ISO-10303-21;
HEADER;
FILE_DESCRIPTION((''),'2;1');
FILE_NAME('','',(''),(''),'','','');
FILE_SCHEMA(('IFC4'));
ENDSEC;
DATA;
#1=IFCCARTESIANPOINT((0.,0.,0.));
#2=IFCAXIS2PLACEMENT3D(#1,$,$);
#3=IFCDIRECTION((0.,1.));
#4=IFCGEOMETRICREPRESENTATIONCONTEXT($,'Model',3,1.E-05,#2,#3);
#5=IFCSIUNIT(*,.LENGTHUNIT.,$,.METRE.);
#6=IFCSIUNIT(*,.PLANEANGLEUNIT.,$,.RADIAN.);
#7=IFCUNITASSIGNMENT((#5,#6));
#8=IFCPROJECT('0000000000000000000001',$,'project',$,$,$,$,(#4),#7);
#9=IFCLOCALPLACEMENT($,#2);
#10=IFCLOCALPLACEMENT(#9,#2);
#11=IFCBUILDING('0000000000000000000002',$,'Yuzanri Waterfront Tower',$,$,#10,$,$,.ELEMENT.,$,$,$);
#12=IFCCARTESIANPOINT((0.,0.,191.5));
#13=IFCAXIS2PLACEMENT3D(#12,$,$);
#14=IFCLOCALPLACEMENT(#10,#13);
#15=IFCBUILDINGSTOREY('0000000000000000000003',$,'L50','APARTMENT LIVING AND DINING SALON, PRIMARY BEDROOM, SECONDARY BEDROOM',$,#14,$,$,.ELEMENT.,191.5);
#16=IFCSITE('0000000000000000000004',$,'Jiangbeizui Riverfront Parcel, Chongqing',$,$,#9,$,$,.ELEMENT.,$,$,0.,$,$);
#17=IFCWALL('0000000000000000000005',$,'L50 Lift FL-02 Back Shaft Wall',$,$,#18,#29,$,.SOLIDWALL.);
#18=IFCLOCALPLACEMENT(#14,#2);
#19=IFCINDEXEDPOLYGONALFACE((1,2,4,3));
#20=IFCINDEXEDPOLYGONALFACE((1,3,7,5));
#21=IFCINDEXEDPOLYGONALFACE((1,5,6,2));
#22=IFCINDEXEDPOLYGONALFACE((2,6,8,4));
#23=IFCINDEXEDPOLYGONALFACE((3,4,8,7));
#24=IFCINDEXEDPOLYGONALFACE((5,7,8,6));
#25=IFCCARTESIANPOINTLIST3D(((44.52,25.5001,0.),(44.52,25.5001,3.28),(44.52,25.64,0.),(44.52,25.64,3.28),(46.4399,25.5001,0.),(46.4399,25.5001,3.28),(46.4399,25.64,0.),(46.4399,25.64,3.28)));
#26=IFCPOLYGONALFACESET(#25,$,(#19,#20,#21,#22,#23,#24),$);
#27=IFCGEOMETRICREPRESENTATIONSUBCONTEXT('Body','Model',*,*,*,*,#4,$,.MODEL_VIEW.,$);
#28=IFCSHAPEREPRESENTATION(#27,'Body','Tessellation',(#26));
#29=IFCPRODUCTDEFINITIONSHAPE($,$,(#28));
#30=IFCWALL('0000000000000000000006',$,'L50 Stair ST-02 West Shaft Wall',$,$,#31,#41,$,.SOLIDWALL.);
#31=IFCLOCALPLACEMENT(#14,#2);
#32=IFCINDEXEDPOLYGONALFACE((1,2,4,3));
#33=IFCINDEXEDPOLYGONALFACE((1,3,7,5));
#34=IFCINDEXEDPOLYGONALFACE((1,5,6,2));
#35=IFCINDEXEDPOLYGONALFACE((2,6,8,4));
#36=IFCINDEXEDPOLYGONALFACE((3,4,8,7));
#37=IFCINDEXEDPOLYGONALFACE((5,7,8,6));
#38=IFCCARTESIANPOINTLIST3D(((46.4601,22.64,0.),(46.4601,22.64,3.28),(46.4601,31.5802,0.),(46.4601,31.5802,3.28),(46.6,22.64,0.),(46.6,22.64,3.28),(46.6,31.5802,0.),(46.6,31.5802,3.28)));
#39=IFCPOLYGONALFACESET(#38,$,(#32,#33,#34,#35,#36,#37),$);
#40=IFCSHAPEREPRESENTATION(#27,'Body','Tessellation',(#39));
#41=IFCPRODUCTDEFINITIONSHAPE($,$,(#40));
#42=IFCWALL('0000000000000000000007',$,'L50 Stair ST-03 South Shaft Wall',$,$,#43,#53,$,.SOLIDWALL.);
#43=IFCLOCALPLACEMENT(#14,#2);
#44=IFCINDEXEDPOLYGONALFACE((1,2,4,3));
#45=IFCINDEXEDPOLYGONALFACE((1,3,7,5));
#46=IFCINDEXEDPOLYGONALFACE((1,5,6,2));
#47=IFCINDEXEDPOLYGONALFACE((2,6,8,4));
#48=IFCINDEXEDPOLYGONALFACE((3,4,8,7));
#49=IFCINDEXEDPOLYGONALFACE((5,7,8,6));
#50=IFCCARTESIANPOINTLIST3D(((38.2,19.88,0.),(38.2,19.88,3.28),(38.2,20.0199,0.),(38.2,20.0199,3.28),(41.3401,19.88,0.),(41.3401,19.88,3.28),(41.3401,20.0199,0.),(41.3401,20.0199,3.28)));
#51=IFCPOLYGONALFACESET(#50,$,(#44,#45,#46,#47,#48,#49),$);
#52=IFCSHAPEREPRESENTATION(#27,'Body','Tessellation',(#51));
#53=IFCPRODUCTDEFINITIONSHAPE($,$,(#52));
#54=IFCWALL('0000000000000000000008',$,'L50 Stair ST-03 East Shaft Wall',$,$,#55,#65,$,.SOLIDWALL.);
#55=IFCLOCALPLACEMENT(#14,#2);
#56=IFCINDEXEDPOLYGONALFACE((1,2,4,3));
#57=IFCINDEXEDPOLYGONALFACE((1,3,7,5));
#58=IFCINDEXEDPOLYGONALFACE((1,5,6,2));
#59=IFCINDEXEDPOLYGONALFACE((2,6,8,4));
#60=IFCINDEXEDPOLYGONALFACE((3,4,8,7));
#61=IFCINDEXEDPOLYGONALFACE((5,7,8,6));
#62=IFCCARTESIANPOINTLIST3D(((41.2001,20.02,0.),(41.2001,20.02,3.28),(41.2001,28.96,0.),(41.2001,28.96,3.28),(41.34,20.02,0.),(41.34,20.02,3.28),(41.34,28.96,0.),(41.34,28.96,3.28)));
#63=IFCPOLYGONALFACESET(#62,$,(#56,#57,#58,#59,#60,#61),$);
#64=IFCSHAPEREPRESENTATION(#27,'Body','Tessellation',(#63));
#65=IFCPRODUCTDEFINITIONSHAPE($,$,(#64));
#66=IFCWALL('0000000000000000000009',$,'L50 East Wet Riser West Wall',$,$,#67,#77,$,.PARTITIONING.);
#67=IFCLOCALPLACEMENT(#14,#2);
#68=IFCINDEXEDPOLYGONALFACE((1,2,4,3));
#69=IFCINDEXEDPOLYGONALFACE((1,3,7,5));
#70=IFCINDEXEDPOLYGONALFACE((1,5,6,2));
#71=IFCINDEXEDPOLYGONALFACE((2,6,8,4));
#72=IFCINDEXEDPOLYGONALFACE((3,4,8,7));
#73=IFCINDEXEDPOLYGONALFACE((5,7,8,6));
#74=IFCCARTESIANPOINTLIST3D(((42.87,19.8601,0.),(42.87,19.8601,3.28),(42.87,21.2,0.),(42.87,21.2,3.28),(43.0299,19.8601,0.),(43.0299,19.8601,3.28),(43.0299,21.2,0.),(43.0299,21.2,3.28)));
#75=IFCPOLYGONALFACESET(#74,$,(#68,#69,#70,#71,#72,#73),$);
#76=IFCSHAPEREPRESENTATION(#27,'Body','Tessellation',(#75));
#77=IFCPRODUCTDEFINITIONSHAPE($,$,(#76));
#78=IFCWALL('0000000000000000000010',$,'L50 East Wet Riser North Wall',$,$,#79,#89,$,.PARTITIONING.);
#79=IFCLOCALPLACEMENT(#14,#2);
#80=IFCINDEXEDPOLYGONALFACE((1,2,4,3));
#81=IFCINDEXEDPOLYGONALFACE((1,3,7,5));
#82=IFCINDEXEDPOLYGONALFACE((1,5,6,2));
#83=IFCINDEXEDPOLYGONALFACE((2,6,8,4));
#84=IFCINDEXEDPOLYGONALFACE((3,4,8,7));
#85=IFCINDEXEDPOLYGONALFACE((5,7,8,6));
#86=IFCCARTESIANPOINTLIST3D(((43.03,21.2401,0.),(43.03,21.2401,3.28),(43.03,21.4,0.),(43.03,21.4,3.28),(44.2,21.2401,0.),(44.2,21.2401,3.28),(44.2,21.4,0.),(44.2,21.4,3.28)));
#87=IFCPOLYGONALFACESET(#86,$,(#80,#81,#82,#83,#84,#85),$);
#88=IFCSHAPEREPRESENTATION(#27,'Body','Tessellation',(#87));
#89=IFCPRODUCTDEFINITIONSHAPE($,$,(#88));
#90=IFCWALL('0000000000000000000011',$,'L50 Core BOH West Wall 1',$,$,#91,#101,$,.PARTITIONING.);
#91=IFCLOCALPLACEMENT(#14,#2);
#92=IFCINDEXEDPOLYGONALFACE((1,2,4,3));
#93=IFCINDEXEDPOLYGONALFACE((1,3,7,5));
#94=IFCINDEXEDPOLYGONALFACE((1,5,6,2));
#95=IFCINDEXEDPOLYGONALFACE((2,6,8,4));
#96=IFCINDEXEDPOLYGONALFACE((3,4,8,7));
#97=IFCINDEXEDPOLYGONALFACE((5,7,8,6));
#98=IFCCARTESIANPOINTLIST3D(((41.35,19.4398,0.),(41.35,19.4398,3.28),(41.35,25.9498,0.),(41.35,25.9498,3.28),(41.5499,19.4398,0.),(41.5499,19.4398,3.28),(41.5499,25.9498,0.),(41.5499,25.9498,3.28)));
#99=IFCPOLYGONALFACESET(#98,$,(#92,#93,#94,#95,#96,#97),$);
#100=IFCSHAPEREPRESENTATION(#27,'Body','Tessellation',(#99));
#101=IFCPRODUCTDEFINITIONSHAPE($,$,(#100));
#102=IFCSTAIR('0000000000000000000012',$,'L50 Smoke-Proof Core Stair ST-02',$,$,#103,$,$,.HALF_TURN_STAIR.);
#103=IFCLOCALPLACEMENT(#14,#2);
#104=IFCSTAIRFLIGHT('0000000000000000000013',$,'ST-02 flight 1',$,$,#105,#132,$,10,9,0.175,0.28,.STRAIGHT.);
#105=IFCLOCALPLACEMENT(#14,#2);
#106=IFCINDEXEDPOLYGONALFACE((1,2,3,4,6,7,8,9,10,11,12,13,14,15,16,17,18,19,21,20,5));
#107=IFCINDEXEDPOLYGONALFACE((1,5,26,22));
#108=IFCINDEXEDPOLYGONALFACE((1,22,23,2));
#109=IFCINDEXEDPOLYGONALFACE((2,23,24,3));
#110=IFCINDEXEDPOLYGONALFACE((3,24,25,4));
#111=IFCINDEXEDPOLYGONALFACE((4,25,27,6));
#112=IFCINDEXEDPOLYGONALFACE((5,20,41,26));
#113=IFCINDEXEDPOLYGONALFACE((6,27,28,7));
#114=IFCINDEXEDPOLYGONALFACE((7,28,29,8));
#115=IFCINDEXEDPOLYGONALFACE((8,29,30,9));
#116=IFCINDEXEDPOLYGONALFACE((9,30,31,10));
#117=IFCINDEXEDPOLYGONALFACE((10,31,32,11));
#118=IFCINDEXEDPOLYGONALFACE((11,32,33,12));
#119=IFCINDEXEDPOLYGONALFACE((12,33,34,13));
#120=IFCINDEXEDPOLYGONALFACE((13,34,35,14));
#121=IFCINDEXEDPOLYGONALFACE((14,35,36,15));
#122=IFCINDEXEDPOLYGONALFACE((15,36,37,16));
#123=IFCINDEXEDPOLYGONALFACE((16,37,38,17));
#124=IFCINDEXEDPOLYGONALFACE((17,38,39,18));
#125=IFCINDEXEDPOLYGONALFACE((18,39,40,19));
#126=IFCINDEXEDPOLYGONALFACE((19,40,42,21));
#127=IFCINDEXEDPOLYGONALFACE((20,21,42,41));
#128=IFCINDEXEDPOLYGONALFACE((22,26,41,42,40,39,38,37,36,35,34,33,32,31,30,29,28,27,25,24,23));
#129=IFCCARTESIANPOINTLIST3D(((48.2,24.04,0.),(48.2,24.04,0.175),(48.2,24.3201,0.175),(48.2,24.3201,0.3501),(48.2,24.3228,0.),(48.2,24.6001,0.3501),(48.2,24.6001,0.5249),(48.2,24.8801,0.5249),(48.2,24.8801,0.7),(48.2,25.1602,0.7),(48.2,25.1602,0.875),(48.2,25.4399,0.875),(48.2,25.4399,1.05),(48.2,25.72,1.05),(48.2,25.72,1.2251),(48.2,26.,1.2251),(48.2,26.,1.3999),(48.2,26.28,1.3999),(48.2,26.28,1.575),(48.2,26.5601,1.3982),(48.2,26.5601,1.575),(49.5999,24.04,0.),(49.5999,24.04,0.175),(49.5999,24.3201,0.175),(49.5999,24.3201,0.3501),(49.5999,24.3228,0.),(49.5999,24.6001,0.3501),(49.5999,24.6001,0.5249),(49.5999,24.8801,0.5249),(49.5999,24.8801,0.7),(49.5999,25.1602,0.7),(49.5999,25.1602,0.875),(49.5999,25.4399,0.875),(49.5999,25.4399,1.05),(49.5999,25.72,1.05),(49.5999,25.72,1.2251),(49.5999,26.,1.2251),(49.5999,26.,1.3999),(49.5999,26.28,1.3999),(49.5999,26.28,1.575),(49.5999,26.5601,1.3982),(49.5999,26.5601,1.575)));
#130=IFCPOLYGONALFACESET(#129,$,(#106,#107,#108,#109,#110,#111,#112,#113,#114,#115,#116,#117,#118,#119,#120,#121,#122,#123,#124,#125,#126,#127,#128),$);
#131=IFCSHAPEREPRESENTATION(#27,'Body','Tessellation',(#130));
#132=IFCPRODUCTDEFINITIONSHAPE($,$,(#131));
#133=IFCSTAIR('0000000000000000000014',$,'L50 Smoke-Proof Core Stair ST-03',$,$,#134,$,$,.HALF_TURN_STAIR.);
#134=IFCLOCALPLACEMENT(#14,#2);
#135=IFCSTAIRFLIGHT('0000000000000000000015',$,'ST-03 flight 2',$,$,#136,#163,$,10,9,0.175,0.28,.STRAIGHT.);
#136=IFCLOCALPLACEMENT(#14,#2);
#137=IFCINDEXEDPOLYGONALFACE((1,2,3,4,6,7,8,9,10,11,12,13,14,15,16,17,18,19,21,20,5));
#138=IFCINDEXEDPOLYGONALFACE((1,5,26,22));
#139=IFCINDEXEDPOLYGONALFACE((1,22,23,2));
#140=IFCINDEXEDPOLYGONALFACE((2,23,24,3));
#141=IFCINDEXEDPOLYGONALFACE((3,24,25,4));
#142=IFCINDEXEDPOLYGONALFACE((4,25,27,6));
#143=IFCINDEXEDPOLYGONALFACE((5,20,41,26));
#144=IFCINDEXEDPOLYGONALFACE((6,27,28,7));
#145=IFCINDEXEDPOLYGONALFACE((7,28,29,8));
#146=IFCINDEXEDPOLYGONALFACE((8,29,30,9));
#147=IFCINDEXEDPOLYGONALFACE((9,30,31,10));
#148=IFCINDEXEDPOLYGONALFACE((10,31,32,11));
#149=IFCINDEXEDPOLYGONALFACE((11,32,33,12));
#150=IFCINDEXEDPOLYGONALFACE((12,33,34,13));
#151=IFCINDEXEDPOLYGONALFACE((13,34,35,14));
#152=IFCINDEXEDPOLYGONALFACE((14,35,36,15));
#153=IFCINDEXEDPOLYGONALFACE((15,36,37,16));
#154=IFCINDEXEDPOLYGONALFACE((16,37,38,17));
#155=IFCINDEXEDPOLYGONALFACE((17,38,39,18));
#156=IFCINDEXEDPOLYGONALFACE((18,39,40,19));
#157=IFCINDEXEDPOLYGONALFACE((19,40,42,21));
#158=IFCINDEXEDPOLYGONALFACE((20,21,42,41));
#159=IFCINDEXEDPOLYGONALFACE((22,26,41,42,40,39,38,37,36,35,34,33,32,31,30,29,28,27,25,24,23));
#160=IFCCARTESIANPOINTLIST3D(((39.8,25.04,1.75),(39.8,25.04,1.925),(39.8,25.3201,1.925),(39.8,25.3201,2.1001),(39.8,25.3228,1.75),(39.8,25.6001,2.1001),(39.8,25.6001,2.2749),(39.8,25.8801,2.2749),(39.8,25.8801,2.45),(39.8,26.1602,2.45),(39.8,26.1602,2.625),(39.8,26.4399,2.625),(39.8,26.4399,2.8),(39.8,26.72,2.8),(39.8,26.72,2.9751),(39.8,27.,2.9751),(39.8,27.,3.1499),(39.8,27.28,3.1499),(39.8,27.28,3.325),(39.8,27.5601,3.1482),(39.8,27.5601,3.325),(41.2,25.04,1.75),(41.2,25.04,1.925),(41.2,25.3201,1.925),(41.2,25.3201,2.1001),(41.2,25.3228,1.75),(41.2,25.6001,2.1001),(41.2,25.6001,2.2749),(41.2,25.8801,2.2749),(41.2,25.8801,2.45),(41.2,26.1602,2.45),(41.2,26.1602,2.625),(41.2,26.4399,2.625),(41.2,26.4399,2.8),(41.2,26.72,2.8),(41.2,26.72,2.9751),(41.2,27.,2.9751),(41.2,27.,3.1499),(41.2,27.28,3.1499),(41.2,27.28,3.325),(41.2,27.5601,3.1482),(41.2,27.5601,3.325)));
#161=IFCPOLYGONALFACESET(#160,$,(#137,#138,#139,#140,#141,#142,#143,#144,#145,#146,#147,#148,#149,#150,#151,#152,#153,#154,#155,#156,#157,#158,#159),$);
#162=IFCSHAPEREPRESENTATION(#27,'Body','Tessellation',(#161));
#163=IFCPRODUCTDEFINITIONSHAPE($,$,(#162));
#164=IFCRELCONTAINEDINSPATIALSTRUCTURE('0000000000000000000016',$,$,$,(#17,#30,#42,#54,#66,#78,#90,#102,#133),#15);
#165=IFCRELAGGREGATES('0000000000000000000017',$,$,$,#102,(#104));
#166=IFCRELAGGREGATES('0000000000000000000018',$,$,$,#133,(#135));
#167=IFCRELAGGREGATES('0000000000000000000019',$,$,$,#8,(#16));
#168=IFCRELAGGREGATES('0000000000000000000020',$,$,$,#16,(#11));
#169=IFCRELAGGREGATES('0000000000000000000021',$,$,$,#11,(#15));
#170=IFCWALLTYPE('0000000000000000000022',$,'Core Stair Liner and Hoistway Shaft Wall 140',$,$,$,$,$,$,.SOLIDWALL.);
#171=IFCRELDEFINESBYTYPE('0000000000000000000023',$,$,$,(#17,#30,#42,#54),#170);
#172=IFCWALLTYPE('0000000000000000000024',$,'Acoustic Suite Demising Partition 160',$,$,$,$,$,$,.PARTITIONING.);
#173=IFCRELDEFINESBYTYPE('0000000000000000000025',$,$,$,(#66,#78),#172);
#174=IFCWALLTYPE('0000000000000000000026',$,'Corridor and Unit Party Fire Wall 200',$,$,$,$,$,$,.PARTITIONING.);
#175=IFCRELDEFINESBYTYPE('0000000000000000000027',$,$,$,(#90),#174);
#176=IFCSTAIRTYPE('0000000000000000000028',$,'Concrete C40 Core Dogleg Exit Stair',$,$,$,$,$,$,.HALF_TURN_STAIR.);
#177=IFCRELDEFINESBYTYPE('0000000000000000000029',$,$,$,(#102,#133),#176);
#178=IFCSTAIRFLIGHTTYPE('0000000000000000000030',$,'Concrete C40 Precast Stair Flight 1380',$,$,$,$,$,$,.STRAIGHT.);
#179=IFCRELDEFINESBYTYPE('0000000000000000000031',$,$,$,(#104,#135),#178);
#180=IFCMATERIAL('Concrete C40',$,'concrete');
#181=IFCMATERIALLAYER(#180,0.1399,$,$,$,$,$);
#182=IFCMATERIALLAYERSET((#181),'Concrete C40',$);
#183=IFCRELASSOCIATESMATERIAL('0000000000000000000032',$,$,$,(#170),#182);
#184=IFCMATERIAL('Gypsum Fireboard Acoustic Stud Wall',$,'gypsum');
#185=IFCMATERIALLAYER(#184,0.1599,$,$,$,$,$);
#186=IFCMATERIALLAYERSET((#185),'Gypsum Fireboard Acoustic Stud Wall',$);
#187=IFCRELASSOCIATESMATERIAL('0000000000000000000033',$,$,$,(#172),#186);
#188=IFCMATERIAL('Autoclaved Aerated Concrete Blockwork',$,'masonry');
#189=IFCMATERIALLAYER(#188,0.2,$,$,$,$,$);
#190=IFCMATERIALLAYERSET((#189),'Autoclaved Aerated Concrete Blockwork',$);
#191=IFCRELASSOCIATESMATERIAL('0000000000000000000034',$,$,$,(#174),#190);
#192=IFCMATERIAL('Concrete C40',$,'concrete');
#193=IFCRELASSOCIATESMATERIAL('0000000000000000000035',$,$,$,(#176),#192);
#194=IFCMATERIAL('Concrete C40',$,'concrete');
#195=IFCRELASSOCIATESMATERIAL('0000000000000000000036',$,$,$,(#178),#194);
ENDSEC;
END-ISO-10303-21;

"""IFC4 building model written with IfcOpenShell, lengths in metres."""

from ifc_helpers import new_model, si_unit, direction, frame, frame_2d, origin, place, context, subcontext, project, spatial, polyline, rectangle, outline, extrude, source, transform, mapped, material, layer, layer_set, type_object, element, aggregate, save


model = new_model("IFC4")

# Units and contexts
model_context = context("Model", 3, precision=1e-05, world=origin(), true_north=direction((0.0, 1.0)))
body_context = subcontext(model_context, "Body", "Model", "MODEL_VIEW")
ifc_project = project(units=[si_unit("LENGTHUNIT", "METRE"), si_unit("PLANEANGLEUNIT", "RADIAN")], contexts=[model_context])

# Site, building, storey
site_placement = place(None, origin())
site = spatial("IfcSite", under=ifc_project, at=site_placement, Name="Jiangbeizui Riverfront Parcel, Chongqing", CompositionType="ELEMENT", RefElevation=0.0)
building_placement = place(site_placement, origin())
building = spatial("IfcBuilding", under=site, at=building_placement, Name="Yuzanri Waterfront Tower", CompositionType="ELEMENT")
storey_placement = place(building_placement, frame((0.0, 0.0, 191.5)))
storey = spatial("IfcBuildingStorey", under=building, at=storey_placement, Name="L50", Description="APARTMENT LIVING AND DINING SALON, PRIMARY BEDROOM, SECONDARY BEDROOM", CompositionType="ELEMENT", Elevation=191.5)

# Shared definitions
ifc_material_1 = material(Name="Concrete C40", Category="concrete")
ifc_layer_1 = layer(ifc_material_1, 0.1399)
ifc_layer_set_1 = layer_set([ifc_layer_1], Name="Concrete C40")
wall_type_1 = type_object("IfcWallType", Name="Core Stair Liner and Hoistway Shaft Wall 140", PredefinedType="SOLIDWALL", material=ifc_layer_set_1)

# Walls
shared_shape_1 = source(origin(), body_context, "Body", "SweptSolid", [
    extrude(rectangle(XDim=1.9199, YDim=0.1399, at=frame_2d((0.96, 0.0))), origin(), (0.0, 0.0, 1.0), 3.28),
])
wall_1_placement = place(storey_placement, frame((44.52, 25.5701, 0.0), z_axis=(0.0, 0.0, 1.0), x_axis=(1.0, 0.0, 0.0)))
element("IfcWall", 1, at=wall_1_placement, inside=storey, type_object=wall_type_1, Name="L50 Lift FL-02 Back Shaft Wall", PredefinedType="SOLIDWALL", context=body_context, shape_type="MappedRepresentation", body=[
    mapped(shared_shape_1, transform((0.0, 0.0, 0.0), scale=1.0)),
])
shared_shape_2 = source(origin(), body_context, "Body", "SweptSolid", [
    extrude(rectangle(XDim=8.9402, YDim=0.1399, at=frame_2d((4.4702, 0.0))), origin(), (0.0, 0.0, 1.0), 3.28),
])
wall_2_placement = place(storey_placement, frame((46.53, 22.6399, 0.0), z_axis=(0.0, 0.0, 1.0), x_axis=(0.0, 1.0, 0.0)))
element("IfcWall", 2, at=wall_2_placement, inside=storey, type_object=wall_type_1, Name="L50 Stair ST-02 West Shaft Wall", PredefinedType="SOLIDWALL", context=body_context, shape_type="MappedRepresentation", body=[
    mapped(shared_shape_2, transform((0.0, 0.0, 0.0), scale=1.0)),
])
shared_shape_3 = source(origin(), body_context, "Body", "SweptSolid", [
    extrude(rectangle(XDim=3.1401, YDim=0.1399, at=frame_2d((1.5701, 0.0))), origin(), (0.0, 0.0, 1.0), 3.28),
])
wall_3_placement = place(storey_placement, frame((38.2, 19.95, 0.0), z_axis=(0.0, 0.0, 1.0), x_axis=(1.0, 0.0, 0.0)))
element("IfcWall", 3, at=wall_3_placement, inside=storey, type_object=wall_type_1, Name="L50 Stair ST-03 South Shaft Wall", PredefinedType="SOLIDWALL", context=body_context, shape_type="MappedRepresentation", body=[
    mapped(shared_shape_3, transform((0.0, 0.0, 0.0), scale=1.0)),
])
shared_shape_4 = source(origin(), body_context, "Body", "SweptSolid", [
    extrude(rectangle(XDim=8.9399, YDim=0.1399, at=frame_2d((4.47, 0.0))), origin(), (0.0, 0.0, 1.0), 3.28),
])
wall_4_placement = place(storey_placement, frame((41.27, 20.02, 0.0), z_axis=(0.0, 0.0, 1.0), x_axis=(0.0, 1.0, 0.0)))
element("IfcWall", 4, at=wall_4_placement, inside=storey, type_object=wall_type_1, Name="L50 Stair ST-03 East Shaft Wall", PredefinedType="SOLIDWALL", context=body_context, shape_type="MappedRepresentation", body=[
    mapped(shared_shape_4, transform((0.0, 0.0, 0.0), scale=1.0)),
])
ifc_material_2 = material(Name="Gypsum Fireboard Acoustic Stud Wall", Category="gypsum")
ifc_layer_2 = layer(ifc_material_2, 0.1599)
ifc_layer_set_2 = layer_set([ifc_layer_2], Name="Gypsum Fireboard Acoustic Stud Wall")
wall_type_2 = type_object("IfcWallType", Name="Acoustic Suite Demising Partition 160", PredefinedType="PARTITIONING", material=ifc_layer_set_2)
shared_shape_5 = source(origin(), body_context, "Body", "SweptSolid", [
    extrude(rectangle(XDim=1.3398, YDim=0.1599, at=frame_2d((0.6699, 0.0))), origin(), (0.0, 0.0, 1.0), 3.28),
])
wall_5_placement = place(storey_placement, frame((42.95, 19.8601, 0.0), z_axis=(0.0, 0.0, 1.0), x_axis=(0.0, 1.0, 0.0)))
element("IfcWall", 5, at=wall_5_placement, inside=storey, type_object=wall_type_2, Name="L50 East Wet Riser West Wall", PredefinedType="PARTITIONING", context=body_context, shape_type="MappedRepresentation", body=[
    mapped(shared_shape_5, transform((0.0, 0.0, 0.0), scale=1.0)),
])
shared_shape_6 = source(origin(), body_context, "Body", "SweptSolid", [
    extrude(rectangle(XDim=1.1699, YDim=0.1599, at=frame_2d((0.585, 0.0))), origin(), (0.0, 0.0, 1.0), 3.28),
])
wall_6_placement = place(storey_placement, frame((43.03, 21.3201, 0.0), z_axis=(0.0, 0.0, 1.0), x_axis=(1.0, 0.0, 0.0)))
element("IfcWall", 6, at=wall_6_placement, inside=storey, type_object=wall_type_2, Name="L50 East Wet Riser North Wall", PredefinedType="PARTITIONING", context=body_context, shape_type="MappedRepresentation", body=[
    mapped(shared_shape_6, transform((0.0, 0.0, 0.0), scale=1.0)),
])
ifc_material_3 = material(Name="Autoclaved Aerated Concrete Blockwork", Category="masonry")
ifc_layer_3 = layer(ifc_material_3, 0.2)
ifc_layer_set_3 = layer_set([ifc_layer_3], Name="Autoclaved Aerated Concrete Blockwork")
wall_type_3 = type_object("IfcWallType", Name="Corridor and Unit Party Fire Wall 200", PredefinedType="PARTITIONING", material=ifc_layer_set_3)
shared_shape_7 = source(origin(), body_context, "Body", "SweptSolid", [
    extrude(rectangle(XDim=6.51, YDim=0.2, at=frame_2d((3.2549, 0.0))), origin(), (0.0, 0.0, 1.0), 3.28),
])
wall_7_placement = place(storey_placement, frame((41.45, 19.4399, 0.0), z_axis=(0.0, 0.0, 1.0), x_axis=(0.0, 1.0, 0.0)))
element("IfcWall", 7, at=wall_7_placement, inside=storey, type_object=wall_type_3, Name="L50 Core BOH West Wall 1", PredefinedType="PARTITIONING", context=body_context, shape_type="MappedRepresentation", body=[
    mapped(shared_shape_7, transform((0.0, 0.0, 0.0), scale=1.0)),
])

# Stairs, stair flights
ifc_material_4 = material(Name="Concrete C40", Category="concrete")
stair_type = type_object("IfcStairType", Name="Concrete C40 Core Dogleg Exit Stair", PredefinedType="HALF_TURN_STAIR", material=ifc_material_4)
stair_1_placement = place(storey_placement, origin())
stair_1 = element("IfcStair", 8, at=stair_1_placement, inside=storey, type_object=stair_type, Name="L50 Smoke-Proof Core Stair ST-02", PredefinedType="HALF_TURN_STAIR")
ifc_material_5 = material(Name="Concrete C40", Category="concrete")
stair_flight_type = type_object("IfcStairFlightType", Name="Concrete C40 Precast Stair Flight 1380", PredefinedType="STRAIGHT", material=ifc_material_5)
shared_shape_8 = source(origin(), body_context, "Body", "SweptSolid", [
    extrude(outline(polyline([(0.0, 0.0), (0.0, 0.175), (0.28, 0.175), (0.28, 0.3501), (0.5601, 0.3501), (0.5601, 0.5249), (0.8401, 0.5249), (0.8401, 0.7), (1.1201, 0.7), (1.1201, 0.875), (1.3999, 0.875), (1.3999, 1.05), (1.6799, 1.05), (1.6799, 1.2251), (1.96, 1.2251), (1.96, 1.3999), (2.24, 1.3999), (2.24, 1.575), (2.52, 1.575), (2.52, 1.75), (2.52, 1.3982), (0.2827, 0.0), (0.0, 0.0)])), frame((0.0, 0.7, 0.0), z_axis=(0.0, -1.0, 0.0), x_axis=(1.0, 0.0, 0.0)), (0.0, 0.0, 1.0), 1.3999),
])
stair_flight_1_placement = place(storey_placement, frame((48.8999, 24.04, 0.0), z_axis=(0.0, 0.0, 1.0), x_axis=(0.0, 1.0, 0.0)))
stair_flight_1 = element("IfcStairFlight", 9, at=stair_flight_1_placement, type_object=stair_flight_type, Name="ST-02 flight 1", NumberOfRisers=10, NumberOfTreads=9, PredefinedType="STRAIGHT", RiserHeight=0.175, TreadLength=0.28, context=body_context, shape_type="MappedRepresentation", body=[
    mapped(shared_shape_8, transform((0.0, 0.0, 0.0), scale=1.0)),
])
aggregate(stair_1, [stair_flight_1])
stair_2_placement = place(storey_placement, origin())
stair_2 = element("IfcStair", 10, at=stair_2_placement, inside=storey, type_object=stair_type, Name="L50 Smoke-Proof Core Stair ST-03", PredefinedType="HALF_TURN_STAIR")
stair_flight_2_placement = place(storey_placement, frame((40.5, 25.04, 1.75), z_axis=(0.0, 0.0, 1.0), x_axis=(0.0, 1.0, 0.0)))
stair_flight_2 = element("IfcStairFlight", 11, at=stair_flight_2_placement, type_object=stair_flight_type, Name="ST-03 flight 2", NumberOfRisers=10, NumberOfTreads=9, PredefinedType="STRAIGHT", RiserHeight=0.175, TreadLength=0.28, context=body_context, shape_type="MappedRepresentation", body=[
    mapped(shared_shape_8, transform((0.0, 0.0, 0.0), scale=1.0)),
])
aggregate(stair_2, [stair_flight_2])

save(model, "model.ifc")
